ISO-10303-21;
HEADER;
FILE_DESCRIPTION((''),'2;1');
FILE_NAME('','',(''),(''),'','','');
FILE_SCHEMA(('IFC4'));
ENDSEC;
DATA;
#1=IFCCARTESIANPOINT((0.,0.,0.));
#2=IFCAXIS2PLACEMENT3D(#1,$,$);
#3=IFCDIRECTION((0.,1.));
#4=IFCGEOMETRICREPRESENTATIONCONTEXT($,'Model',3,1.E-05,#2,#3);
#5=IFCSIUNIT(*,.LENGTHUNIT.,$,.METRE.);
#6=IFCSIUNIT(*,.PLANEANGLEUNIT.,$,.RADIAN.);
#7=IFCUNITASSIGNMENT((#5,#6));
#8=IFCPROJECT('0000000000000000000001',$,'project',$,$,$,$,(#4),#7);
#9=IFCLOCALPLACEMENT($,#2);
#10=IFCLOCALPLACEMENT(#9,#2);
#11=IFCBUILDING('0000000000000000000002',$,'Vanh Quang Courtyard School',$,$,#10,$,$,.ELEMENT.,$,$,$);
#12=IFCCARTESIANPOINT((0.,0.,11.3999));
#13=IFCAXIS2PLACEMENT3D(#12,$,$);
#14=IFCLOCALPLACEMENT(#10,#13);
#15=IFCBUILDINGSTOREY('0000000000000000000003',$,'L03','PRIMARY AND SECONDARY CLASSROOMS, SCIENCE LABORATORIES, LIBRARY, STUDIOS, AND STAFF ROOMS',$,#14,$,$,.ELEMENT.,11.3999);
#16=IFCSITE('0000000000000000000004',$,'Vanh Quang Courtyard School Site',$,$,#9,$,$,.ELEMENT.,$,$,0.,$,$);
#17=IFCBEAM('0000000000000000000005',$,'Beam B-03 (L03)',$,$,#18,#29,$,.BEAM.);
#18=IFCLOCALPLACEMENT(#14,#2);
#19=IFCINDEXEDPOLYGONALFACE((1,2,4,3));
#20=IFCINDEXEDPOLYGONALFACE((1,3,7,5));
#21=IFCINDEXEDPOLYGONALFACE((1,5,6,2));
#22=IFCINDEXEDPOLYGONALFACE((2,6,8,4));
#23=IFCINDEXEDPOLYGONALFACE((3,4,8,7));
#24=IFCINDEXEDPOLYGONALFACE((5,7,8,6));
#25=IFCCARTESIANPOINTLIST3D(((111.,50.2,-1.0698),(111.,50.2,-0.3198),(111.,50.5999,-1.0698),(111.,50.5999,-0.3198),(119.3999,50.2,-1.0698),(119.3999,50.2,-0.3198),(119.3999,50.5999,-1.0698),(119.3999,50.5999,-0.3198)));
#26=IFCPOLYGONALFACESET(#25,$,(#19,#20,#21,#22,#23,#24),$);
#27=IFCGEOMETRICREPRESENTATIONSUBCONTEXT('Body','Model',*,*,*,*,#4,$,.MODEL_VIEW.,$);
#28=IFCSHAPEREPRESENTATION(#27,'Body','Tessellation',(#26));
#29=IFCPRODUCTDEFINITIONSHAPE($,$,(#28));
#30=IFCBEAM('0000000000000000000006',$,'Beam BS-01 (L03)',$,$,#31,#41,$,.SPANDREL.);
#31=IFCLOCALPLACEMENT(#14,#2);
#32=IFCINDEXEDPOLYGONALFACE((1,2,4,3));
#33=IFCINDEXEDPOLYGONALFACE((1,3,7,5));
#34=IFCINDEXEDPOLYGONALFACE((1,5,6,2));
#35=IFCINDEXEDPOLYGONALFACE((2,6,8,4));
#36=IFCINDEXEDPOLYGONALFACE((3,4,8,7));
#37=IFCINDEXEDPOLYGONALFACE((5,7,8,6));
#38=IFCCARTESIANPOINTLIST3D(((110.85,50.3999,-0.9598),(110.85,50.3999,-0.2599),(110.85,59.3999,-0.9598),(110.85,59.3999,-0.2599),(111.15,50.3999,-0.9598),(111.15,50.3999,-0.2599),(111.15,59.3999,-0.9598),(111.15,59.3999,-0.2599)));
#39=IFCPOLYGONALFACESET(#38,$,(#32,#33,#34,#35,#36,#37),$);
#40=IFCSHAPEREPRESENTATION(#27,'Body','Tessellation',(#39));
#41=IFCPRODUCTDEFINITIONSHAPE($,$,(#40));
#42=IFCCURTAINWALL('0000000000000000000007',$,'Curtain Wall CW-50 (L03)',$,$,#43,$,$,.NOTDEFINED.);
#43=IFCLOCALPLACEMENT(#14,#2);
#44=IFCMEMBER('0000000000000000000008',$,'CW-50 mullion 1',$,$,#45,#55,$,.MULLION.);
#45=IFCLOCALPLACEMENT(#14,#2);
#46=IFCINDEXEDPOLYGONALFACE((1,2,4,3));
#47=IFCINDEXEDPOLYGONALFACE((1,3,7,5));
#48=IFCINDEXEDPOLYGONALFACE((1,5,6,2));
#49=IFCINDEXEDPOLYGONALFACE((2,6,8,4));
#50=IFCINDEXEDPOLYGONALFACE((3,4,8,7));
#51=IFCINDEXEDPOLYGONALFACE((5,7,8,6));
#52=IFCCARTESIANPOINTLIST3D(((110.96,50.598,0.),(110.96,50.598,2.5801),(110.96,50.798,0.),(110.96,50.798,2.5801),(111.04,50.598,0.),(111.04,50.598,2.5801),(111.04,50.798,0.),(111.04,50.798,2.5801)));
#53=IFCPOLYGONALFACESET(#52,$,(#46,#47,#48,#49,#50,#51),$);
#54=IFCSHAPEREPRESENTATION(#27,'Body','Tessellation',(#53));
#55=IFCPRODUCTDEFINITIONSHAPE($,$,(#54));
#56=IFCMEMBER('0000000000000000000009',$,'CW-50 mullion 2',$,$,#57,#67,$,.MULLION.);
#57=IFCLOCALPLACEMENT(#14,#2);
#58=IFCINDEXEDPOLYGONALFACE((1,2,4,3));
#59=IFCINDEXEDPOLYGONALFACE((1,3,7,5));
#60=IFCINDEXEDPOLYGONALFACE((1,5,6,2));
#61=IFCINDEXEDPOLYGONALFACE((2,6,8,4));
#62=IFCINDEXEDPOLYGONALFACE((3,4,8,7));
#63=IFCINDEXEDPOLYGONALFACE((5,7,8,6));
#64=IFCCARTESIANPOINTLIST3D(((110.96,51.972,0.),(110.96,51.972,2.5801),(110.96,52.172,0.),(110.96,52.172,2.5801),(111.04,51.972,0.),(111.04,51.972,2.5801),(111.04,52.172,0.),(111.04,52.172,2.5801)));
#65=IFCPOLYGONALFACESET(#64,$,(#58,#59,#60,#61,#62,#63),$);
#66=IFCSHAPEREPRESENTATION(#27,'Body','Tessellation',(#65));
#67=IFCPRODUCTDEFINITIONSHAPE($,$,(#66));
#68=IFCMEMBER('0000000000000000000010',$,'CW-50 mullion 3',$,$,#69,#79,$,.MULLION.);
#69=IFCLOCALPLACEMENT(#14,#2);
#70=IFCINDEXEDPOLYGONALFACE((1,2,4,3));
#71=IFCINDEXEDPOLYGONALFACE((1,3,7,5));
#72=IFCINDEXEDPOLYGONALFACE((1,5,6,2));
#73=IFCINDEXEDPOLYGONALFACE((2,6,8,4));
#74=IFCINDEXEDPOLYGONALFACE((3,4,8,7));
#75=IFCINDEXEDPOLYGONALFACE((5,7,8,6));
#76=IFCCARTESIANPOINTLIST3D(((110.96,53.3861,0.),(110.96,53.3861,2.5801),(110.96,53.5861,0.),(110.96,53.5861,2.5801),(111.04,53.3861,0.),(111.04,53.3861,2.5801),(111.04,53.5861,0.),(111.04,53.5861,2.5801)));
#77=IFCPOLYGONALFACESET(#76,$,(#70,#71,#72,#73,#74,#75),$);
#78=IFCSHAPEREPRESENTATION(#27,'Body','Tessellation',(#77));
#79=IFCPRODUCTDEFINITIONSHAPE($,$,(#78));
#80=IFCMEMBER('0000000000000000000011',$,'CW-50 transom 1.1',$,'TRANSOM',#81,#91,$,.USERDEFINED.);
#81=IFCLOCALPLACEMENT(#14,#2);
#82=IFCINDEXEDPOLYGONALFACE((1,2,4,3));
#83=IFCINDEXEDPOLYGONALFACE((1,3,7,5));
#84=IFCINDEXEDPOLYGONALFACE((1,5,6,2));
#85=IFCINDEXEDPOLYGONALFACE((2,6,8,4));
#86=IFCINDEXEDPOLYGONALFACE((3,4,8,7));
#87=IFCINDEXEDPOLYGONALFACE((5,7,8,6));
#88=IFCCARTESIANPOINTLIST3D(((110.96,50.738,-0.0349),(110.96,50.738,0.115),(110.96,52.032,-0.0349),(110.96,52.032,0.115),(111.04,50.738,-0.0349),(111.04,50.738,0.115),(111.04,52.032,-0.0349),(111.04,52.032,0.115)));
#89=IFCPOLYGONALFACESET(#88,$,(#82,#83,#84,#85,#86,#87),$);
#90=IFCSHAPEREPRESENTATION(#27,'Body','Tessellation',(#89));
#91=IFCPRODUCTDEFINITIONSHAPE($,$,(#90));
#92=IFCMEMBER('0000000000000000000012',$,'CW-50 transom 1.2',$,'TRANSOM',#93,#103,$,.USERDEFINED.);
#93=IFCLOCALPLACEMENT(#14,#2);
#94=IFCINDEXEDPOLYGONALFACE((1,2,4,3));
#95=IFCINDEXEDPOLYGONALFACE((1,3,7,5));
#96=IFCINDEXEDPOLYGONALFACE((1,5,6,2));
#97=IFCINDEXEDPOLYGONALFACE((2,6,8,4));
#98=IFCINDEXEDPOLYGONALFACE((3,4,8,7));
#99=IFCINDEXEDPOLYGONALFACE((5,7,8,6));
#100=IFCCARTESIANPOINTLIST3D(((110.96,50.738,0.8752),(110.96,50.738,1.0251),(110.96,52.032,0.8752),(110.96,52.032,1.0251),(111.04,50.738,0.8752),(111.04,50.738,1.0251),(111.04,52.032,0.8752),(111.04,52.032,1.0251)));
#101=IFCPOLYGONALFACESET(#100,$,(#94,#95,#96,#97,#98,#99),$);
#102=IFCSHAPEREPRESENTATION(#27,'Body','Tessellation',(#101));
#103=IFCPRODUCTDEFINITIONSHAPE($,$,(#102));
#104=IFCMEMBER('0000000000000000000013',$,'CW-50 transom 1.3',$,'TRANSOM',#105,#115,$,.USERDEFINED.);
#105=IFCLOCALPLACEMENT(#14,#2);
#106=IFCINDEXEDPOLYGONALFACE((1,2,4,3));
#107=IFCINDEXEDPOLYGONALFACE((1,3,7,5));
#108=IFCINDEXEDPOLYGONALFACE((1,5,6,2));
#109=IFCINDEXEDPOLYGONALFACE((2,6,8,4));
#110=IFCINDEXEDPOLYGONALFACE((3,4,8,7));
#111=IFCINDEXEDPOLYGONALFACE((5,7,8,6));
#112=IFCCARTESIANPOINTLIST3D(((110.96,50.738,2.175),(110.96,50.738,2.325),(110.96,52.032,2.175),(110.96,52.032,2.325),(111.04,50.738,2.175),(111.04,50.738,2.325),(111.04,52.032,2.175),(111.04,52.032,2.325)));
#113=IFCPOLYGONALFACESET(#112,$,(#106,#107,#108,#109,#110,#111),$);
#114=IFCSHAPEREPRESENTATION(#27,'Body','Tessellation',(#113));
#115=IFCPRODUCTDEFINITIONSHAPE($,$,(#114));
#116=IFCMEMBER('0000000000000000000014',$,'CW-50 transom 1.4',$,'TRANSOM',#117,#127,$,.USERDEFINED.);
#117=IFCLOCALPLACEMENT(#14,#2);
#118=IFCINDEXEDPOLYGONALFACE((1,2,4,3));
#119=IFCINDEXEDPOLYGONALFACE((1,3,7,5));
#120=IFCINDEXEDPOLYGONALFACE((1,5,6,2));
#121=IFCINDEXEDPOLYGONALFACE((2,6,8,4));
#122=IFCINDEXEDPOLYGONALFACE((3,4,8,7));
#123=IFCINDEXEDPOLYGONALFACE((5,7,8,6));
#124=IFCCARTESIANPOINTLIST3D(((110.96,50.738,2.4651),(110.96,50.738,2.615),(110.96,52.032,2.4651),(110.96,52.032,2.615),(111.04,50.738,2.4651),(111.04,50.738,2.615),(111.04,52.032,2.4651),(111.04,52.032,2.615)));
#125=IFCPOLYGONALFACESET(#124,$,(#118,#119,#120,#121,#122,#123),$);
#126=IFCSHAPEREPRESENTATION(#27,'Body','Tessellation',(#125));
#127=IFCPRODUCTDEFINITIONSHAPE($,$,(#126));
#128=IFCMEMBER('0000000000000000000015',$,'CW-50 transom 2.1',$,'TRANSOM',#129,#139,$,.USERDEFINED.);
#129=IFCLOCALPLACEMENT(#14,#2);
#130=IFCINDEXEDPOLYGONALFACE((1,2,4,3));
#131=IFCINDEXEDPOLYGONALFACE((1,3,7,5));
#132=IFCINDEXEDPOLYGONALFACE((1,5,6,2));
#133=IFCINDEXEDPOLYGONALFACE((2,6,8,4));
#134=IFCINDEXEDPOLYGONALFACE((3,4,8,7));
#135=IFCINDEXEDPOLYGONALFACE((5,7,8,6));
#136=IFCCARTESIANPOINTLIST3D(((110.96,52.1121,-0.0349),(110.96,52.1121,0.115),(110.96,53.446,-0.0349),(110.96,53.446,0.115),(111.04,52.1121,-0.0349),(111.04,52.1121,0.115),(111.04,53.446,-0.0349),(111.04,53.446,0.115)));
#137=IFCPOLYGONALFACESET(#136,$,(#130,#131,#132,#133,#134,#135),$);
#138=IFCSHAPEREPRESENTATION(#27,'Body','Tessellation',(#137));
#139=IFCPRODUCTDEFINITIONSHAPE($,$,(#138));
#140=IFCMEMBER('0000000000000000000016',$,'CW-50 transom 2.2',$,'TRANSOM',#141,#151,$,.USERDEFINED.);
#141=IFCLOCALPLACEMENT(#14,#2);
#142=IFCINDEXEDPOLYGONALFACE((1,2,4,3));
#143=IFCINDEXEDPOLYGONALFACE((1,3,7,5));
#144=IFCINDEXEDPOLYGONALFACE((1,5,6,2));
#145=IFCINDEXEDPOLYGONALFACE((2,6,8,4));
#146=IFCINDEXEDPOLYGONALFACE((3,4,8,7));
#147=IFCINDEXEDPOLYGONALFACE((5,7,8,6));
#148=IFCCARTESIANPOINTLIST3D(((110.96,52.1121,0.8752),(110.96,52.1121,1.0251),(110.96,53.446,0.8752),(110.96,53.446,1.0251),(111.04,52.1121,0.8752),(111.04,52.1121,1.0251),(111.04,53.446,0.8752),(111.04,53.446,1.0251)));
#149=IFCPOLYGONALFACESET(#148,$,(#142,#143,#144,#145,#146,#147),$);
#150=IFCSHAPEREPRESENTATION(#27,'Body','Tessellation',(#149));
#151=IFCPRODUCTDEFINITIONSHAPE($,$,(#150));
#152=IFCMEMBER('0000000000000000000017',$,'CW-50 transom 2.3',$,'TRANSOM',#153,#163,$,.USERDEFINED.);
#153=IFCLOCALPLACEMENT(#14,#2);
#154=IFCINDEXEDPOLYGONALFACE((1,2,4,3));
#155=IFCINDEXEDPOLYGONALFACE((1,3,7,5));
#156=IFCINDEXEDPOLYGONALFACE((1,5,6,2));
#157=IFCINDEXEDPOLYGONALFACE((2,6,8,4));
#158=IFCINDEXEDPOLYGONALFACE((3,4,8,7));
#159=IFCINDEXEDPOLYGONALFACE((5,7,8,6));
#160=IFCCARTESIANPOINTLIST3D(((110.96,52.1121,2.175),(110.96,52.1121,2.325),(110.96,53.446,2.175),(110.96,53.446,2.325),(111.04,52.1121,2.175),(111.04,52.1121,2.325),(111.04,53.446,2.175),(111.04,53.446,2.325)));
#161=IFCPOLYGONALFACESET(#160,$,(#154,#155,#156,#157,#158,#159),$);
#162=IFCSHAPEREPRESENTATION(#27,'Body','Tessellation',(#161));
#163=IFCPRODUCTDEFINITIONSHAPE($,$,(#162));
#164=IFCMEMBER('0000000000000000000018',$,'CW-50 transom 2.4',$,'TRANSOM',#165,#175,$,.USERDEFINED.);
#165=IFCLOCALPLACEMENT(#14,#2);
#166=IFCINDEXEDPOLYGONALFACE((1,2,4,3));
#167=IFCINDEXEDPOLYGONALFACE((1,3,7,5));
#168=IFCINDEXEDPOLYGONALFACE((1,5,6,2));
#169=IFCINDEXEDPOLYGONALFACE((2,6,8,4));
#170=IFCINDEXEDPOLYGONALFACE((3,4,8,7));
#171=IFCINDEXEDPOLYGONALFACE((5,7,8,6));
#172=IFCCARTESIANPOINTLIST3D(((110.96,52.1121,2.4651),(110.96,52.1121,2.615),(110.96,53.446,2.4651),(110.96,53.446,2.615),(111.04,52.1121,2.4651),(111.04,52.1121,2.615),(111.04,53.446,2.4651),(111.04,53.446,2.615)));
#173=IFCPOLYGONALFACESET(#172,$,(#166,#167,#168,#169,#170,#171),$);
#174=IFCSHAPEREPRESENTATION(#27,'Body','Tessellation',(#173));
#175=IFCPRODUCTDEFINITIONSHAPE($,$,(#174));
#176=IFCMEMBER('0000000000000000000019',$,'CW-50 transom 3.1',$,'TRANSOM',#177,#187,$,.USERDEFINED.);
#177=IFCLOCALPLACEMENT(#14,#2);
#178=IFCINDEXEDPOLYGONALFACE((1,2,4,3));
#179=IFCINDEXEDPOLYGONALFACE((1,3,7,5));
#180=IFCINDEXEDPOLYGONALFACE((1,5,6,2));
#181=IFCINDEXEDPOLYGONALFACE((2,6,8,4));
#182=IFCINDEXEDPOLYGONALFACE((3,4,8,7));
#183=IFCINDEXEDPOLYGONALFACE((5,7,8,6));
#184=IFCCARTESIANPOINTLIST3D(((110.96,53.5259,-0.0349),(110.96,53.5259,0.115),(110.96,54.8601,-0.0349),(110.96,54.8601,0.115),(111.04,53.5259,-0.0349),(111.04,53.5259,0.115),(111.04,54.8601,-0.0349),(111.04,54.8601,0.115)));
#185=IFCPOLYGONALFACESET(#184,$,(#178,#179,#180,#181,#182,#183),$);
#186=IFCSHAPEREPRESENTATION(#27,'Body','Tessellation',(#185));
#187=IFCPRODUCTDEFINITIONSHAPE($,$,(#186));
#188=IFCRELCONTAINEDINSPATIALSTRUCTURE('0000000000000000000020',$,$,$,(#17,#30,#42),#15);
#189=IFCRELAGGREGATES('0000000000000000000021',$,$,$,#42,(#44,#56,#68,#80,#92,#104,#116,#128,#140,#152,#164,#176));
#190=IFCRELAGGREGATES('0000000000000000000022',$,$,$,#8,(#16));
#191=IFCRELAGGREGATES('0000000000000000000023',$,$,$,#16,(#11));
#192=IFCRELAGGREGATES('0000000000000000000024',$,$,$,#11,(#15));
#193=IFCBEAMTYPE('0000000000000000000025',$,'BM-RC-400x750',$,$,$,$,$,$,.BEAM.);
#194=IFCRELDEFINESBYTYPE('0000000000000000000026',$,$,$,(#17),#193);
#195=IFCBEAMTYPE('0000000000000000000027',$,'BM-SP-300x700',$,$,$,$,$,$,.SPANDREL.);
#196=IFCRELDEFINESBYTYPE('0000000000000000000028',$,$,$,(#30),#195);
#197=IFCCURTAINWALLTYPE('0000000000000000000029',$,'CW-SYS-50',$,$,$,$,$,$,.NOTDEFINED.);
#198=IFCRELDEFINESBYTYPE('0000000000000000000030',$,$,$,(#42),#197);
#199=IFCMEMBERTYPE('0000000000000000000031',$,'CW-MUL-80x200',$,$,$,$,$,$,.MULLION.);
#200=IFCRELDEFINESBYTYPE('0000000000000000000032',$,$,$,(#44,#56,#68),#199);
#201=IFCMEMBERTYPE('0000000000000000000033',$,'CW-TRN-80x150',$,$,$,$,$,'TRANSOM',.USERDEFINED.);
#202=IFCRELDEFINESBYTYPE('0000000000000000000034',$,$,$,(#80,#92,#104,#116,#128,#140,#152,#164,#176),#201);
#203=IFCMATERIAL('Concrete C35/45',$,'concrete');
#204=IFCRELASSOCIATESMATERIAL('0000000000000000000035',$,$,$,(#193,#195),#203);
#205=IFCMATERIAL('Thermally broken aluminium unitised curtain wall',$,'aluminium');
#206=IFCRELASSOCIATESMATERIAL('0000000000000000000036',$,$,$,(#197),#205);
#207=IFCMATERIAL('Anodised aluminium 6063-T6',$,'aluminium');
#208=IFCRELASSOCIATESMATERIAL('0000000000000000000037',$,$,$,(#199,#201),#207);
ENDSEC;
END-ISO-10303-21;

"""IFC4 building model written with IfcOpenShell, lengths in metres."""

from ifc_helpers import new_model, si_unit, direction, frame, origin, origin_2d, place, context, subcontext, project, spatial, rectangle, extrude, material, material_profile, profile_set, type_object, element, aggregate, save


model = new_model("IFC4")

# Units and contexts
model_context = context("Model", 3, precision=1e-05, world=origin(), true_north=direction((0.0, 1.0)))
body_context = subcontext(model_context, "Body", "Model", "MODEL_VIEW")
ifc_project = project(units=[si_unit("LENGTHUNIT", "METRE"), si_unit("PLANEANGLEUNIT", "RADIAN")], contexts=[model_context])

# Site, building, storey
site_placement = place(None, origin())
site = spatial("IfcSite", under=ifc_project, at=site_placement, Name="Vanh Quang Courtyard School Site", CompositionType="ELEMENT", RefElevation=0.0)
building_placement = place(site_placement, origin())
building = spatial("IfcBuilding", under=site, at=building_placement, Name="Vanh Quang Courtyard School", CompositionType="ELEMENT")
storey_placement = place(building_placement, frame((0.0, 0.0, 11.3999)))
storey = spatial("IfcBuildingStorey", under=building, at=storey_placement, Name="L03", Description="PRIMARY AND SECONDARY CLASSROOMS, SCIENCE LABORATORIES, LIBRARY, STUDIOS, AND STAFF ROOMS", CompositionType="ELEMENT", Elevation=11.3999)

# Beams
ifc_material_1 = material(Name="Concrete C35/45", Category="concrete")
ifc_material_profile_1 = material_profile(ifc_material_1, rectangle(XDim=0.3999, YDim=0.75, at=origin_2d()), Name="RC-BM 400x750")
ifc_profile_set_1 = profile_set([ifc_material_profile_1], Name="Concrete C35/45")
beam_type_1 = type_object("IfcBeamType", Name="BM-RC-400x750", PredefinedType="BEAM", material=ifc_profile_set_1)
beam_1_placement = place(storey_placement, frame((111.0, 50.3999, -0.6948), z_axis=(1.0, 0.0, 0.0), x_axis=(0.0, 1.0, 0.0)))
element("IfcBeam", 1, at=beam_1_placement, inside=storey, type_object=beam_type_1, Name="Beam B-03 (L03)", PredefinedType="BEAM", context=body_context, shape_type="SweptSolid", body=[
    extrude(rectangle(XDim=0.3999, YDim=0.75, at=origin_2d()), origin(), (0.0, 0.0, 1.0), 8.3999),
])
ifc_material_profile_2 = material_profile(ifc_material_1, rectangle(XDim=0.3, YDim=0.7, at=origin_2d()), Name="RC-SP 300x700")
ifc_profile_set_2 = profile_set([ifc_material_profile_2], Name="Concrete C35/45")
beam_type_2 = type_object("IfcBeamType", Name="BM-SP-300x700", PredefinedType="SPANDREL", material=ifc_profile_set_2)
beam_2_placement = place(storey_placement, frame((111.0, 50.3999, -0.6099), z_axis=(0.0, 1.0, 0.0), x_axis=(-1.0, 0.0, 0.0)))
element("IfcBeam", 2, at=beam_2_placement, inside=storey, type_object=beam_type_2, Name="Beam BS-01 (L03)", PredefinedType="SPANDREL", context=body_context, shape_type="SweptSolid", body=[
    extrude(rectangle(XDim=0.3, YDim=0.7, at=origin_2d()), origin(), (0.0, 0.0, 1.0), 9.0),
])

# Curtain wall, members
ifc_material_2 = material(Name="Thermally broken aluminium unitised curtain wall", Category="aluminium")
curtain_wall_type = type_object("IfcCurtainWallType", Name="CW-SYS-50", PredefinedType="NOTDEFINED", material=ifc_material_2)
curtain_wall_placement = place(storey_placement, origin())
curtain_wall = element("IfcCurtainWall", 3, at=curtain_wall_placement, inside=storey, type_object=curtain_wall_type, Name="Curtain Wall CW-50 (L03)", PredefinedType="NOTDEFINED")
ifc_material_3 = material(Name="Anodised aluminium 6063-T6", Category="aluminium")
ifc_material_profile_3 = material_profile(ifc_material_3, rectangle(XDim=0.0801, YDim=0.2, at=origin_2d()), Name="ALU-MUL 80x200")
ifc_profile_set_3 = profile_set([ifc_material_profile_3], Name="Anodised aluminium 6063-T6")
member_type_1 = type_object("IfcMemberType", Name="CW-MUL-80x200", PredefinedType="MULLION", material=ifc_profile_set_3)
member_1_placement = place(storey_placement, frame((111.0, 50.698, 0.0), z_axis=(0.0, 0.0, 1.0), x_axis=(-1.0, 0.0, 0.0)))
member_1 = element("IfcMember", 4, at=member_1_placement, type_object=member_type_1, Name="CW-50 mullion 1", PredefinedType="MULLION", context=body_context, shape_type="SweptSolid", body=[
    extrude(rectangle(XDim=0.0801, YDim=0.2, at=origin_2d()), origin(), (0.0, 0.0, 1.0), 2.5801),
])
member_2_placement = place(storey_placement, frame((111.0, 52.072, 0.0), z_axis=(0.0, 0.0, 1.0), x_axis=(-1.0, 0.0, 0.0)))
member_2 = element("IfcMember", 5, at=member_2_placement, type_object=member_type_1, Name="CW-50 mullion 2", PredefinedType="MULLION", context=body_context, shape_type="SweptSolid", body=[
    extrude(rectangle(XDim=0.0801, YDim=0.2, at=origin_2d()), origin(), (0.0, 0.0, 1.0), 2.5801),
])
member_3_placement = place(storey_placement, frame((111.0, 53.4861, 0.0), z_axis=(0.0, 0.0, 1.0), x_axis=(-1.0, 0.0, 0.0)))
member_3 = element("IfcMember", 6, at=member_3_placement, type_object=member_type_1, Name="CW-50 mullion 3", PredefinedType="MULLION", context=body_context, shape_type="SweptSolid", body=[
    extrude(rectangle(XDim=0.0801, YDim=0.2, at=origin_2d()), origin(), (0.0, 0.0, 1.0), 2.5801),
])
ifc_material_profile_4 = material_profile(ifc_material_3, rectangle(XDim=0.0801, YDim=0.1499, at=origin_2d()), Name="ALU-TRN 80x150")
ifc_profile_set_4 = profile_set([ifc_material_profile_4], Name="Anodised aluminium 6063-T6")
member_type_2 = type_object("IfcMemberType", Name="CW-TRN-80x150", ElementType="TRANSOM", PredefinedType="USERDEFINED", material=ifc_profile_set_4)
member_4_placement = place(storey_placement, frame((111.0, 50.738, 0.04), z_axis=(0.0, 1.0, 0.0), x_axis=(-1.0, 0.0, 0.0)))
member_4 = element("IfcMember", 7, at=member_4_placement, type_object=member_type_2, Name="CW-50 transom 1.1", ObjectType="TRANSOM", PredefinedType="USERDEFINED", context=body_context, shape_type="SweptSolid", body=[
    extrude(rectangle(XDim=0.0801, YDim=0.1499, at=origin_2d()), origin(), (0.0, 0.0, 1.0), 1.2939),
])
member_5_placement = place(storey_placement, frame((111.0, 50.738, 0.9502), z_axis=(0.0, 1.0, 0.0), x_axis=(-1.0, 0.0, 0.0)))
member_5 = element("IfcMember", 8, at=member_5_placement, type_object=member_type_2, Name="CW-50 transom 1.2", ObjectType="TRANSOM", PredefinedType="USERDEFINED", context=body_context, shape_type="SweptSolid", body=[
    extrude(rectangle(XDim=0.0801, YDim=0.1499, at=origin_2d()), origin(), (0.0, 0.0, 1.0), 1.2939),
])
member_6_placement = place(storey_placement, frame((111.0, 50.738, 2.25), z_axis=(0.0, 1.0, 0.0), x_axis=(-1.0, 0.0, 0.0)))
member_6 = element("IfcMember", 9, at=member_6_placement, type_object=member_type_2, Name="CW-50 transom 1.3", ObjectType="TRANSOM", PredefinedType="USERDEFINED", context=body_context, shape_type="SweptSolid", body=[
    extrude(rectangle(XDim=0.0801, YDim=0.1499, at=origin_2d()), origin(), (0.0, 0.0, 1.0), 1.2939),
])
member_7_placement = place(storey_placement, frame((111.0, 50.738, 2.54), z_axis=(0.0, 1.0, 0.0), x_axis=(-1.0, 0.0, 0.0)))
member_7 = element("IfcMember", 10, at=member_7_placement, type_object=member_type_2, Name="CW-50 transom 1.4", ObjectType="TRANSOM", PredefinedType="USERDEFINED", context=body_context, shape_type="SweptSolid", body=[
    extrude(rectangle(XDim=0.0801, YDim=0.1499, at=origin_2d()), origin(), (0.0, 0.0, 1.0), 1.2939),
])
member_8_placement = place(storey_placement, frame((111.0, 52.1121, 0.04), z_axis=(0.0, 1.0, 0.0), x_axis=(-1.0, 0.0, 0.0)))
member_8 = element("IfcMember", 11, at=member_8_placement, type_object=member_type_2, Name="CW-50 transom 2.1", ObjectType="TRANSOM", PredefinedType="USERDEFINED", context=body_context, shape_type="SweptSolid", body=[
    extrude(rectangle(XDim=0.0801, YDim=0.1499, at=origin_2d()), origin(), (0.0, 0.0, 1.0), 1.334),
])
member_9_placement = place(storey_placement, frame((111.0, 52.1121, 0.9502), z_axis=(0.0, 1.0, 0.0), x_axis=(-1.0, 0.0, 0.0)))
member_9 = element("IfcMember", 12, at=member_9_placement, type_object=member_type_2, Name="CW-50 transom 2.2", ObjectType="TRANSOM", PredefinedType="USERDEFINED", context=body_context, shape_type="SweptSolid", body=[
    extrude(rectangle(XDim=0.0801, YDim=0.1499, at=origin_2d()), origin(), (0.0, 0.0, 1.0), 1.334),
])
member_10_placement = place(storey_placement, frame((111.0, 52.1121, 2.25), z_axis=(0.0, 1.0, 0.0), x_axis=(-1.0, 0.0, 0.0)))
member_10 = element("IfcMember", 13, at=member_10_placement, type_object=member_type_2, Name="CW-50 transom 2.3", ObjectType="TRANSOM", PredefinedType="USERDEFINED", context=body_context, shape_type="SweptSolid", body=[
    extrude(rectangle(XDim=0.0801, YDim=0.1499, at=origin_2d()), origin(), (0.0, 0.0, 1.0), 1.334),
])
member_11_placement = place(storey_placement, frame((111.0, 52.1121, 2.54), z_axis=(0.0, 1.0, 0.0), x_axis=(-1.0, 0.0, 0.0)))
member_11 = element("IfcMember", 14, at=member_11_placement, type_object=member_type_2, Name="CW-50 transom 2.4", ObjectType="TRANSOM", PredefinedType="USERDEFINED", context=body_context, shape_type="SweptSolid", body=[
    extrude(rectangle(XDim=0.0801, YDim=0.1499, at=origin_2d()), origin(), (0.0, 0.0, 1.0), 1.334),
])
member_12_placement = place(storey_placement, frame((111.0, 53.5259, 0.04), z_axis=(0.0, 1.0, 0.0), x_axis=(-1.0, 0.0, 0.0)))
member_12 = element("IfcMember", 15, at=member_12_placement, type_object=member_type_2, Name="CW-50 transom 3.1", ObjectType="TRANSOM", PredefinedType="USERDEFINED", context=body_context, shape_type="SweptSolid", body=[
    extrude(rectangle(XDim=0.0801, YDim=0.1499, at=origin_2d()), origin(), (0.0, 0.0, 1.0), 1.3342),
])
aggregate(curtain_wall, [member_1, member_2, member_3, member_4, member_5, member_6, member_7, member_8, member_9, member_10, member_11, member_12])

save(model, "model.ifc")
